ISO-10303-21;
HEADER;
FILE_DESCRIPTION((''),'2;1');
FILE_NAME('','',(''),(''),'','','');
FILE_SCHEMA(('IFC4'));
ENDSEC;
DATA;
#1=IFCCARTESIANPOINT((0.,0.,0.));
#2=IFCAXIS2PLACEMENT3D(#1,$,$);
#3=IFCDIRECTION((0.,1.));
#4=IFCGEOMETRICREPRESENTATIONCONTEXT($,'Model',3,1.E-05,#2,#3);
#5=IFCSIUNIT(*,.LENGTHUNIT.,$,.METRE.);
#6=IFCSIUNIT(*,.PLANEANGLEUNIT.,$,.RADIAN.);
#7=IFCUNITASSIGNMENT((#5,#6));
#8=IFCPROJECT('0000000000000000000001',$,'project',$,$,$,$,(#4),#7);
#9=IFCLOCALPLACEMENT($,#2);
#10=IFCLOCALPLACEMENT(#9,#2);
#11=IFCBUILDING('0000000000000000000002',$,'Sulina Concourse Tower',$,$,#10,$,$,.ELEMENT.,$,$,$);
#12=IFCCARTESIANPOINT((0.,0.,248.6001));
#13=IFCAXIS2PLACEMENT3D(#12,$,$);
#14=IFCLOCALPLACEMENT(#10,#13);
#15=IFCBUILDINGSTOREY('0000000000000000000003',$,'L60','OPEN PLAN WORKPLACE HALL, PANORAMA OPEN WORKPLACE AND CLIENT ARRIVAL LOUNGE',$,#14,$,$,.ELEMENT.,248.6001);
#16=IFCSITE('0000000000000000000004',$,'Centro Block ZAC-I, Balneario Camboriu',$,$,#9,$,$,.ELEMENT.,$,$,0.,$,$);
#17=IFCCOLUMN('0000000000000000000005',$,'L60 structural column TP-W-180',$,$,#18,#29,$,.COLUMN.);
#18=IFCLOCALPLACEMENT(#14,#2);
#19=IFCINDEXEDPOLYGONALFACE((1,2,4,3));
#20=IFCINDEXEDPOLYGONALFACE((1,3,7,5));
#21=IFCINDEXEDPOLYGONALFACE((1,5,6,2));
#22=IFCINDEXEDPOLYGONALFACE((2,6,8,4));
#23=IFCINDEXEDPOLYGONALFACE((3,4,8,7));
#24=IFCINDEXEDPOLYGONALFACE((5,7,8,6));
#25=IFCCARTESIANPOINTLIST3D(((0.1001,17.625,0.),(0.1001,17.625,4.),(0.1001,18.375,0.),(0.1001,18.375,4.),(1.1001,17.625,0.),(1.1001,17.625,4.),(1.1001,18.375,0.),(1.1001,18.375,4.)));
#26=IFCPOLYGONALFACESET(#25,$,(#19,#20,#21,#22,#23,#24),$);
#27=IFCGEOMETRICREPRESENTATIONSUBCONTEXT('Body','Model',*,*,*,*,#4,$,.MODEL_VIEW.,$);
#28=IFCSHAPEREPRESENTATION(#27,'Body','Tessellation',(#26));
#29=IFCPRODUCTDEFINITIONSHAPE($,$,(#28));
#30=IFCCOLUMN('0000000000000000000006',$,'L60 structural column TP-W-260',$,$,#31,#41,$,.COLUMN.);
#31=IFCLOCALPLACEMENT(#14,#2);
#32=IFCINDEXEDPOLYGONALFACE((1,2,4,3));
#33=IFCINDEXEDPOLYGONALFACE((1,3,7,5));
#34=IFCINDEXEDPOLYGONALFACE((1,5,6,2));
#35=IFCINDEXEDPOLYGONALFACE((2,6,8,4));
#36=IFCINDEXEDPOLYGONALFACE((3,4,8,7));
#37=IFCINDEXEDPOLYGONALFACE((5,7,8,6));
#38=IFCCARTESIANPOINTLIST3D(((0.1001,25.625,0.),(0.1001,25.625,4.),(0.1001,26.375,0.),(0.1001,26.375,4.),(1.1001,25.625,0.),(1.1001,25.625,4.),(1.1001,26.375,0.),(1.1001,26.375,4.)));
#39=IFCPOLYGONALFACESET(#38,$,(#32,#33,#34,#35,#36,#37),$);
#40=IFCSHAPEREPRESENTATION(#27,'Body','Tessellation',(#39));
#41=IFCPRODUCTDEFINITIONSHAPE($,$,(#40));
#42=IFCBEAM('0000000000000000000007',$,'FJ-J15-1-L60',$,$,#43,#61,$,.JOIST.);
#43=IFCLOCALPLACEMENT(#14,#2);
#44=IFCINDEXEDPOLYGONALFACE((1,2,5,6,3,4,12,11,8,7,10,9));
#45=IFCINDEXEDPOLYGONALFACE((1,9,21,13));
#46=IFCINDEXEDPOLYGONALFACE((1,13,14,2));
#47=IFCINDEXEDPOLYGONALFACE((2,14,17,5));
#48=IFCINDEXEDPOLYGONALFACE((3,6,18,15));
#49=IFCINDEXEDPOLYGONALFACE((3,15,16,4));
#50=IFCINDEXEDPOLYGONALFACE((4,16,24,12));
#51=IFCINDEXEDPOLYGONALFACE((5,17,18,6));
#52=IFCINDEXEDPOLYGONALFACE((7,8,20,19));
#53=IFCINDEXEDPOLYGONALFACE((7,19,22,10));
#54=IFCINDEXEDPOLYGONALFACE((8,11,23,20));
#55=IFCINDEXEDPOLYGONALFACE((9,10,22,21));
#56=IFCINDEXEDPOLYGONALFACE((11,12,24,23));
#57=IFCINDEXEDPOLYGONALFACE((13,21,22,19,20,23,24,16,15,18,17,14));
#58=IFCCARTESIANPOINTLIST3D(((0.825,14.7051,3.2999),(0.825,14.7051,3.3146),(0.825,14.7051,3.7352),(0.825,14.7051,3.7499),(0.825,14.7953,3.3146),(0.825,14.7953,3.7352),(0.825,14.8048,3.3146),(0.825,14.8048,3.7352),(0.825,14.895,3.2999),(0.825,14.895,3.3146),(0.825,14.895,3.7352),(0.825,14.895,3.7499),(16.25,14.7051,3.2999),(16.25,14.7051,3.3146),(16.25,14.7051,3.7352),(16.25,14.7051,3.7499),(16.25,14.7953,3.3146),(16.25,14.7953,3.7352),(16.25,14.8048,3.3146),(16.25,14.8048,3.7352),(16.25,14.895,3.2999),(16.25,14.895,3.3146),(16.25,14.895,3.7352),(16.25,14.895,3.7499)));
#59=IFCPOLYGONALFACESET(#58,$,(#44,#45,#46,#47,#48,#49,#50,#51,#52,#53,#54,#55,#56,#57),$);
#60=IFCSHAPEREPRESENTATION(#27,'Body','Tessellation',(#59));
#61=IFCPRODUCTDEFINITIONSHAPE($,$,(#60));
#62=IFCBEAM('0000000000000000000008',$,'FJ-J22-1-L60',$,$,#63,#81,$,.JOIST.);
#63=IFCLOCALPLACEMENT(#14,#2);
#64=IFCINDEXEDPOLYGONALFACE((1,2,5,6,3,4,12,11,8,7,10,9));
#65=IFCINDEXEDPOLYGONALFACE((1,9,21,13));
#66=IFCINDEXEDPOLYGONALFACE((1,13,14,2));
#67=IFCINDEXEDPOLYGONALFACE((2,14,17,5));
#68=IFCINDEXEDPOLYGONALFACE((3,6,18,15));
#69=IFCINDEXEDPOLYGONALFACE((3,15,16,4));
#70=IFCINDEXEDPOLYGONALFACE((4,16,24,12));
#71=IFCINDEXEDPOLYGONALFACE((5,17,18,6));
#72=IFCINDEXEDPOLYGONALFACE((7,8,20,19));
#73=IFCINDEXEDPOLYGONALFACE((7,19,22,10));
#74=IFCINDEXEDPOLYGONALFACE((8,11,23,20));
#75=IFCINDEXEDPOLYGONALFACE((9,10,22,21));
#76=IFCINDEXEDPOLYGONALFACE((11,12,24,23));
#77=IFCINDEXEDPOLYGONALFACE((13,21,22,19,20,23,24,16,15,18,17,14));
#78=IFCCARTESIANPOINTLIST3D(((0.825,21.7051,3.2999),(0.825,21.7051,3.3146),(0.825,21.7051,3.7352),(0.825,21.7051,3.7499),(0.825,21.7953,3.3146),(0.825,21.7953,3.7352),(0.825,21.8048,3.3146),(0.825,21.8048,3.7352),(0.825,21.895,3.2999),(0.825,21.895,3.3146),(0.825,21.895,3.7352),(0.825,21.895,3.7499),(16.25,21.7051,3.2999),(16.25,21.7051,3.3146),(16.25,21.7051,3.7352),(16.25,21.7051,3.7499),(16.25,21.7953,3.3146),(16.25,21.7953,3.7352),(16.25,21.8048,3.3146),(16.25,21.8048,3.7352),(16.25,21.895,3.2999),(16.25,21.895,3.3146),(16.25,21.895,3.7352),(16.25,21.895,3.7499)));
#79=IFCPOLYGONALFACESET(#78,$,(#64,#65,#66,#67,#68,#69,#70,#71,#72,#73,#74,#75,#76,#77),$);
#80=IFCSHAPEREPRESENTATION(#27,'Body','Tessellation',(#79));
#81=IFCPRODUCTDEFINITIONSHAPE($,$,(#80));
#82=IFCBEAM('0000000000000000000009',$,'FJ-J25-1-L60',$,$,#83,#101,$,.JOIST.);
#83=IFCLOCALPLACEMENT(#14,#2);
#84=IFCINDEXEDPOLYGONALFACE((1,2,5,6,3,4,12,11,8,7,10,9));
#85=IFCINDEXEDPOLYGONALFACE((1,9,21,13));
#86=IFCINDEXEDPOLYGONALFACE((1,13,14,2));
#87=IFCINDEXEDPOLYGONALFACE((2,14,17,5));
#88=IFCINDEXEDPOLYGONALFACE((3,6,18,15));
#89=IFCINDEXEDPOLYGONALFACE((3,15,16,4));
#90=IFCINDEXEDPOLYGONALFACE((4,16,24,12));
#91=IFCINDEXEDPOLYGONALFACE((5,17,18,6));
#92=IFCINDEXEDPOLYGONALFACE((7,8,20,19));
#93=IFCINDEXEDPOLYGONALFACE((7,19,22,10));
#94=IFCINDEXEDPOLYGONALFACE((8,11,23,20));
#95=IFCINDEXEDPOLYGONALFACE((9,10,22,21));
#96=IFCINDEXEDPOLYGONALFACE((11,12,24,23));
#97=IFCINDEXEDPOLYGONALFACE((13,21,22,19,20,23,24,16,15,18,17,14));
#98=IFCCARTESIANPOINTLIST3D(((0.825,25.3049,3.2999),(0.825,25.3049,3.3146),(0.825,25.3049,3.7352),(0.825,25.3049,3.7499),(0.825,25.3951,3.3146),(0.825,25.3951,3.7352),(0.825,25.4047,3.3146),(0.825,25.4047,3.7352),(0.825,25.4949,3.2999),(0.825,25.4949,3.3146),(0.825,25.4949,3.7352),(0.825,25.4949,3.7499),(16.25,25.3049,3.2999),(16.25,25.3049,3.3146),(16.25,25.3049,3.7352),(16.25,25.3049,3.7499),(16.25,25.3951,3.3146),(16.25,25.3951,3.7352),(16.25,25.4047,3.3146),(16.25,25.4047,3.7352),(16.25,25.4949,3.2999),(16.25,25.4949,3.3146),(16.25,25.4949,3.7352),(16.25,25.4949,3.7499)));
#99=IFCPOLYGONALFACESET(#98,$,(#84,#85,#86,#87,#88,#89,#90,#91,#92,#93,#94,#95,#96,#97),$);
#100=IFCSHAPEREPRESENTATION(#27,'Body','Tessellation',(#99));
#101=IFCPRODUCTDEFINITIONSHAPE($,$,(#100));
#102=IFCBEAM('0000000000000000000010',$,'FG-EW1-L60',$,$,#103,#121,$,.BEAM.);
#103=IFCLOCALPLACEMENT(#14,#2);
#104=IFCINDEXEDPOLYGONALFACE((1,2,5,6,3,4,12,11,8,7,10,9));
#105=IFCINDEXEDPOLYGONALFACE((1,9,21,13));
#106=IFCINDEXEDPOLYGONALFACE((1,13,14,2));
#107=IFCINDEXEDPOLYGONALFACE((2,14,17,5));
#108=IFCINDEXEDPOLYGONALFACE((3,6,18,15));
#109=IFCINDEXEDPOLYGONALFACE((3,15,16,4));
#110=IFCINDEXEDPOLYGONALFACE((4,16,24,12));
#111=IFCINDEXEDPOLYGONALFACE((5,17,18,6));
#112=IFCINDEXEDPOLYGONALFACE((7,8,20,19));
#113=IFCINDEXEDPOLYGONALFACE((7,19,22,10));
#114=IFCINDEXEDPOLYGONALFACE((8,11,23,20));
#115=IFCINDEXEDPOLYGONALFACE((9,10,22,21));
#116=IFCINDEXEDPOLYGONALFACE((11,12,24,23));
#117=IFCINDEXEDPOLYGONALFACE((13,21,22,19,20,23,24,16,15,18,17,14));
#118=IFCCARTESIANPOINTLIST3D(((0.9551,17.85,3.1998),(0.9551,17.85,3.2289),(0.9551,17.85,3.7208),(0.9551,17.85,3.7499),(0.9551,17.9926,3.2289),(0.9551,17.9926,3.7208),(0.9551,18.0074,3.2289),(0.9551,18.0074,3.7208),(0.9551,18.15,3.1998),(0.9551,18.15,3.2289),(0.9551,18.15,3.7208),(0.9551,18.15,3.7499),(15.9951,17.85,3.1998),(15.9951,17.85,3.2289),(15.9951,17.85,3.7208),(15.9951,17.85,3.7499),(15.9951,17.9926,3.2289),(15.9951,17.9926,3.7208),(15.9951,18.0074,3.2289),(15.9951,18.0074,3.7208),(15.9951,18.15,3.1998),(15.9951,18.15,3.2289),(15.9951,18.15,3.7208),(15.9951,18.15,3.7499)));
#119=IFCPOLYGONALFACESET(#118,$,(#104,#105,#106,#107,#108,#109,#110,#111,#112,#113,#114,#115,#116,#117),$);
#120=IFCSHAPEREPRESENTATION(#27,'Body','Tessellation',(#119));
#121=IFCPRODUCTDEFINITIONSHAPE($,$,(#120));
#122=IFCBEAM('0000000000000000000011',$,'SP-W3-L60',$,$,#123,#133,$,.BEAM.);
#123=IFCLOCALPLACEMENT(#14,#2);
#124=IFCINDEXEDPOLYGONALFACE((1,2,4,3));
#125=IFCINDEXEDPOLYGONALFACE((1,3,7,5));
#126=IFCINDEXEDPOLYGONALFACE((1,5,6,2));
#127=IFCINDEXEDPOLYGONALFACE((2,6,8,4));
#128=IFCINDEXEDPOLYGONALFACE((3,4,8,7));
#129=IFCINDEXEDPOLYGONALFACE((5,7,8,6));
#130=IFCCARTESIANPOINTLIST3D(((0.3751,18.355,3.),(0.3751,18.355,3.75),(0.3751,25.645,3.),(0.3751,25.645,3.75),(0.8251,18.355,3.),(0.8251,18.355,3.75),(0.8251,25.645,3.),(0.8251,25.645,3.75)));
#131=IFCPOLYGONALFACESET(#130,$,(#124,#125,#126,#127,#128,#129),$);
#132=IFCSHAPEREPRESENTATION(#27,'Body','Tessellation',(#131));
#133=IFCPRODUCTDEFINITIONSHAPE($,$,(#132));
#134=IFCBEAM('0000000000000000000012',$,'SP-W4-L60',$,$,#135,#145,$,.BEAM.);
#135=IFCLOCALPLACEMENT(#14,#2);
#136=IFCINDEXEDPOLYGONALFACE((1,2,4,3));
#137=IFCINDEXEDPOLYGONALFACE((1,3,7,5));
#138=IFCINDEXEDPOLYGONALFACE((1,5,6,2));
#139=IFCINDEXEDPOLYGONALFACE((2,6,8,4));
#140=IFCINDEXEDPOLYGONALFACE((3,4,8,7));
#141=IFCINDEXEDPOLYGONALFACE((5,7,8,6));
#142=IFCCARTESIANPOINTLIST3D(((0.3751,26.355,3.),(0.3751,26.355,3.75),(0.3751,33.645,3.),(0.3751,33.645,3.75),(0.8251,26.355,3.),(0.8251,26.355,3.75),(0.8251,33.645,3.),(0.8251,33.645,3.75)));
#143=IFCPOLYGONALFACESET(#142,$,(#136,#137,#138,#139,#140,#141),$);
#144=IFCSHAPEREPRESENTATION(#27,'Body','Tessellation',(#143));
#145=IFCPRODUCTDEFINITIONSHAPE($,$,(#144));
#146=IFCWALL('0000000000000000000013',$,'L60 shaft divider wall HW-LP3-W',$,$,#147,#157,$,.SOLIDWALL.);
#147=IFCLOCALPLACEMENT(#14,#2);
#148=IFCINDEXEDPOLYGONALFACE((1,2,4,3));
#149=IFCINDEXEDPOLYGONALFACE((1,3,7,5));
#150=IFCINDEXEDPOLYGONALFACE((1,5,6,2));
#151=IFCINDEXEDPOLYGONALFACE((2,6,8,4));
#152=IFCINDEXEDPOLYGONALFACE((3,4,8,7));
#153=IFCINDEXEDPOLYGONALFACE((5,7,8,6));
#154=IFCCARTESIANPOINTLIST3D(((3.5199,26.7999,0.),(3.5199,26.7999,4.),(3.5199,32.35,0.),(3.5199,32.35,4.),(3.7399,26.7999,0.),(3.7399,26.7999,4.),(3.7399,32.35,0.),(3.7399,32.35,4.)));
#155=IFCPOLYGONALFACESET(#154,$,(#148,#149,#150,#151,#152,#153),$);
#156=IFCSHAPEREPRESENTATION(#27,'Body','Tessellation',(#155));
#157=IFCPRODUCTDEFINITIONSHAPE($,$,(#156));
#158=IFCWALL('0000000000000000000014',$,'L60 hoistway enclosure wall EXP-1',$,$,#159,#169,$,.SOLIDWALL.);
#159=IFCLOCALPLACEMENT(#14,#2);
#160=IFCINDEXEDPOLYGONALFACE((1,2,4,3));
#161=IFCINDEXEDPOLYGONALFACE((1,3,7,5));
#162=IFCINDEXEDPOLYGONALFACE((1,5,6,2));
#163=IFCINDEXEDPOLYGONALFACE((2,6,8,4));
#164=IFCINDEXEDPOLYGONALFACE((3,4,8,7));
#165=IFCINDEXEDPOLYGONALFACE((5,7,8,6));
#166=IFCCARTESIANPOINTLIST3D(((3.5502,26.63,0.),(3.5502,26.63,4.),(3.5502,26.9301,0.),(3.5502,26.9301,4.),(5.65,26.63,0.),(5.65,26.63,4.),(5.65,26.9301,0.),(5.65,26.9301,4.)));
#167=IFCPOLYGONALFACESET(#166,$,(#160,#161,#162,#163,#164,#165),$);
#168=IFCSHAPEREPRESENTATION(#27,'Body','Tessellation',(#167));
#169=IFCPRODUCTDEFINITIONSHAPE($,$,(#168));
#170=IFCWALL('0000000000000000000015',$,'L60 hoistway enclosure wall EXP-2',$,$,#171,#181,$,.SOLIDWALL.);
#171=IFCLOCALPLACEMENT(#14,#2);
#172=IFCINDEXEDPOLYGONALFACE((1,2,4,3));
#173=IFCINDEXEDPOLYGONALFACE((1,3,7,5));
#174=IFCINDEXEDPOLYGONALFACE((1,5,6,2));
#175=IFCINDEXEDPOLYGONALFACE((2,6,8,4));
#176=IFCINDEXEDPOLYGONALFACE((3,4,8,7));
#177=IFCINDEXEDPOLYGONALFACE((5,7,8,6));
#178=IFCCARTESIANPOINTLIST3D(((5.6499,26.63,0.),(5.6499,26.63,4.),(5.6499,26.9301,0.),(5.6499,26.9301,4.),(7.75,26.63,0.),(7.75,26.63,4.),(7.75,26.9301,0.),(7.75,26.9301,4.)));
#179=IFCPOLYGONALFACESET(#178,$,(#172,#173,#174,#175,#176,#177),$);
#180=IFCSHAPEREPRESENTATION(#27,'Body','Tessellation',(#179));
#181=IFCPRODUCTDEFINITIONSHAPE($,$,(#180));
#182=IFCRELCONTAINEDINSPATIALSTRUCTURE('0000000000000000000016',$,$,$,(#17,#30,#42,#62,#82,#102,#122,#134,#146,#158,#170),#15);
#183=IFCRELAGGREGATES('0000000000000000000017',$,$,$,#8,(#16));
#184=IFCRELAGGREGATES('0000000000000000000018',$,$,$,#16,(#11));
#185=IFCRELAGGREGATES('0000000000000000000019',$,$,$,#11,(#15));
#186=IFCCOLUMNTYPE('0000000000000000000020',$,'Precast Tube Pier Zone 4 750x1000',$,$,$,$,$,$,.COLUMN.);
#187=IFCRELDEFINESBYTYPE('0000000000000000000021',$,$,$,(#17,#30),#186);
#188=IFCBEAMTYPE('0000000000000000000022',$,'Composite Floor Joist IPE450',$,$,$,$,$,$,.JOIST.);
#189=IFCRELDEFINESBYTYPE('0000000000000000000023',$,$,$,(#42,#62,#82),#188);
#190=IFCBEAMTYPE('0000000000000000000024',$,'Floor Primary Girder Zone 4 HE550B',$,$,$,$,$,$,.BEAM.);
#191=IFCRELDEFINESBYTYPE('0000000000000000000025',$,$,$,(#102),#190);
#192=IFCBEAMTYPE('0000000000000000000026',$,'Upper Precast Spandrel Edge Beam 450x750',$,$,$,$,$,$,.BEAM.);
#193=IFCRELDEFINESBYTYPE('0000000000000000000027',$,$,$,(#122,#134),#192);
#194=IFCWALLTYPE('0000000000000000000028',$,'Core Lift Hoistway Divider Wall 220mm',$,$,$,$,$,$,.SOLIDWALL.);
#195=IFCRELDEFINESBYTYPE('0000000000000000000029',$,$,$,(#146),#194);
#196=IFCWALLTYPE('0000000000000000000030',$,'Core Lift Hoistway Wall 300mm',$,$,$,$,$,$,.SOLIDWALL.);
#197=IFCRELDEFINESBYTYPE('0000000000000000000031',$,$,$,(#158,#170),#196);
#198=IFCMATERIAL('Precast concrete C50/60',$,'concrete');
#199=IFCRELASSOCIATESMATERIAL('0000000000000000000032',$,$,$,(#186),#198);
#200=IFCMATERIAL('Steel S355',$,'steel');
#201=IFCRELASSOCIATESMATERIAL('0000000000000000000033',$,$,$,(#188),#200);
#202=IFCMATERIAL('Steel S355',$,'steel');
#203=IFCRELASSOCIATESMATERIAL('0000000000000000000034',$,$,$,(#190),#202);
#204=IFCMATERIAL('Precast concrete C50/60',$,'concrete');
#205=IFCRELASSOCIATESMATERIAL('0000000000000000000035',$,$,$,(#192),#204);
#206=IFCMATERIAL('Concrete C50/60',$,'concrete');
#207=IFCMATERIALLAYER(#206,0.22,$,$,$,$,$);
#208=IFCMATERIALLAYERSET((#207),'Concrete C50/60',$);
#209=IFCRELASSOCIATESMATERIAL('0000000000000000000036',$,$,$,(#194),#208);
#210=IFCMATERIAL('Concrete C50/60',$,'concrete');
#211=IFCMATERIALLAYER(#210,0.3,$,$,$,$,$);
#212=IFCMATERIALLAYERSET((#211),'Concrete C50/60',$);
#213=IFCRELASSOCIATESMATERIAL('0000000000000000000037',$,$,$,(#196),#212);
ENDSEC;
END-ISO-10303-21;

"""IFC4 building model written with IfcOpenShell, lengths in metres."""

from ifc_helpers import new_model, si_unit, direction, frame, frame_2d, origin, origin_2d, place, context, subcontext, project, spatial, rectangle, i_section, extrude, material, layer, layer_set, material_profile, profile_set, type_object, element, save


model = new_model("IFC4")

# Units and contexts
model_context = context("Model", 3, precision=1e-05, world=origin(), true_north=direction((0.0, 1.0)))
body_context = subcontext(model_context, "Body", "Model", "MODEL_VIEW")
ifc_project = project(units=[si_unit("LENGTHUNIT", "METRE"), si_unit("PLANEANGLEUNIT", "RADIAN")], contexts=[model_context])

# Site, building, storey
site_placement = place(None, origin())
site = spatial("IfcSite", under=ifc_project, at=site_placement, Name="Centro Block ZAC-I, Balneario Camboriu", CompositionType="ELEMENT", RefElevation=0.0)
building_placement = place(site_placement, origin())
building = spatial("IfcBuilding", under=site, at=building_placement, Name="Sulina Concourse Tower", CompositionType="ELEMENT")
storey_placement = place(building_placement, frame((0.0, 0.0, 248.6001)))
storey = spatial("IfcBuildingStorey", under=building, at=storey_placement, Name="L60", Description="OPEN PLAN WORKPLACE HALL, PANORAMA OPEN WORKPLACE AND CLIENT ARRIVAL LOUNGE", CompositionType="ELEMENT", Elevation=248.6001)

# Columns
ifc_material_1 = material(Name="Precast concrete C50/60", Category="concrete")
ifc_material_profile_1 = material_profile(ifc_material_1, rectangle(XDim=0.75, YDim=1.0, at=origin_2d()), Name="PC 750x1000")
ifc_profile_set_1 = profile_set([ifc_material_profile_1], Name="Precast concrete C50/60")
column_type = type_object("IfcColumnType", Name="Precast Tube Pier Zone 4 750x1000", PredefinedType="COLUMN", material=ifc_profile_set_1)
for number, where, z_axis, x_axis, name in (
    (1, (0.6001, 18.0, 0.0), (0.0, 0.0, 1.0), (0.0, 1.0, 0.0), "L60 structural column TP-W-180"),
    (2, (0.6001, 26.0, 0.0), (0.0, 0.0, 1.0), (0.0, 1.0, 0.0), "L60 structural column TP-W-260"),
):
    element("IfcColumn", number, at=place(storey_placement, frame(where, z_axis=z_axis, x_axis=x_axis)), inside=storey, type_object=column_type, Name=name, PredefinedType="COLUMN", context=body_context, shape_type="SweptSolid", body=[
        extrude(rectangle(XDim=0.75, YDim=1.0, at=origin_2d()), origin(), (0.0, 0.0, 1.0), 4.0),
    ])

# Beams
ifc_material_2 = material(Name="Steel S355", Category="steel")
ifc_material_profile_2 = material_profile(ifc_material_2, i_section(OverallWidth=0.1899, OverallDepth=0.45, WebThickness=0.0095, FlangeThickness=0.0146, at=origin_2d()), Name="IPE 450")
ifc_profile_set_2 = profile_set([ifc_material_profile_2], Name="Steel S355")
beam_type_1 = type_object("IfcBeamType", Name="Composite Floor Joist IPE450", PredefinedType="JOIST", material=ifc_profile_set_2)
for number, where, z_axis, x_axis, name in (
    (3, (0.825, 14.8, 3.5249), (1.0, 0.0, 0.0), (0.0, 1.0, 0.0), "FJ-J15-1-L60"),
    (4, (0.825, 21.8, 3.5249), (1.0, 0.0, 0.0), (0.0, 1.0, 0.0), "FJ-J22-1-L60"),
    (5, (0.825, 25.3999, 3.5249), (1.0, 0.0, 0.0), (0.0, 1.0, 0.0), "FJ-J25-1-L60"),
):
    element("IfcBeam", number, at=place(storey_placement, frame(where, z_axis=z_axis, x_axis=x_axis)), inside=storey, type_object=beam_type_1, Name=name, PredefinedType="JOIST", context=body_context, shape_type="SweptSolid", body=[
        extrude(i_section(OverallWidth=0.1899, OverallDepth=0.45, WebThickness=0.0095, FlangeThickness=0.0146, at=origin_2d()), origin(), (0.0, 0.0, 1.0), 15.425),
    ])
ifc_material_3 = material(Name="Steel S355", Category="steel")
ifc_material_profile_3 = material_profile(ifc_material_3, i_section(OverallWidth=0.3, OverallDepth=0.55, WebThickness=0.0149, FlangeThickness=0.0291, at=origin_2d()), Name="HE 550 B")
ifc_profile_set_3 = profile_set([ifc_material_profile_3], Name="Steel S355")
beam_type_2 = type_object("IfcBeamType", Name="Floor Primary Girder Zone 4 HE550B", PredefinedType="BEAM", material=ifc_profile_set_3)
beam_placement = place(storey_placement, frame((0.9551, 18.0, 3.4749), z_axis=(1.0, 0.0, 0.0), x_axis=(0.0, 1.0, 0.0)))
element("IfcBeam", 6, at=beam_placement, inside=storey, type_object=beam_type_2, Name="FG-EW1-L60", PredefinedType="BEAM", context=body_context, shape_type="SweptSolid", body=[
    extrude(i_section(OverallWidth=0.3, OverallDepth=0.55, WebThickness=0.0149, FlangeThickness=0.0291, at=origin_2d()), origin(), (0.0, 0.0, 1.0), 15.04),
])
ifc_material_4 = material(Name="Precast concrete C50/60", Category="concrete")
ifc_material_profile_4 = material_profile(ifc_material_4, rectangle(XDim=0.45, YDim=0.75, at=origin_2d()), Name="RC 450x750")
ifc_profile_set_4 = profile_set([ifc_material_profile_4], Name="Precast concrete C50/60")
beam_type_3 = type_object("IfcBeamType", Name="Upper Precast Spandrel Edge Beam 450x750", PredefinedType="BEAM", material=ifc_profile_set_4)
for number, where, z_axis, x_axis, name in (
    (7, (0.6001, 18.355, 3.375), (0.0, 1.0, 0.0), (-1.0, 0.0, 0.0), "SP-W3-L60"),
    (8, (0.6001, 26.355, 3.375), (0.0, 1.0, 0.0), (-1.0, 0.0, 0.0), "SP-W4-L60"),
):
    element("IfcBeam", number, at=place(storey_placement, frame(where, z_axis=z_axis, x_axis=x_axis)), inside=storey, type_object=beam_type_3, Name=name, PredefinedType="BEAM", context=body_context, shape_type="SweptSolid", body=[
        extrude(rectangle(XDim=0.45, YDim=0.75, at=origin_2d()), origin(), (0.0, 0.0, 1.0), 7.29),
    ])

# Walls
ifc_material_5 = material(Name="Concrete C50/60", Category="concrete")
ifc_layer_1 = layer(ifc_material_5, 0.22)
ifc_layer_set_1 = layer_set([ifc_layer_1], Name="Concrete C50/60")
wall_type_1 = type_object("IfcWallType", Name="Core Lift Hoistway Divider Wall 220mm", PredefinedType="SOLIDWALL", material=ifc_layer_set_1)
wall_1_placement = place(storey_placement, frame((3.6299, 26.8, 0.0), z_axis=(0.0, 0.0, 1.0), x_axis=(0.0, 1.0, 0.0)))
element("IfcWall", 9, at=wall_1_placement, inside=storey, type_object=wall_type_1, Name="L60 shaft divider wall HW-LP3-W", PredefinedType="SOLIDWALL", context=body_context, shape_type="SweptSolid", body=[
    extrude(rectangle(XDim=5.55, YDim=0.22, at=frame_2d((2.7749, 0.0))), origin(), (0.0, 0.0, 1.0), 4.0),
])
ifc_material_6 = material(Name="Concrete C50/60", Category="concrete")
ifc_layer_2 = layer(ifc_material_6, 0.3)
ifc_layer_set_2 = layer_set([ifc_layer_2], Name="Concrete C50/60")
wall_type_2 = type_object("IfcWallType", Name="Core Lift Hoistway Wall 300mm", PredefinedType="SOLIDWALL", material=ifc_layer_set_2)
wall_2_placement = place(storey_placement, frame((5.6499, 26.78, 0.0), z_axis=(0.0, 0.0, 1.0), x_axis=(-1.0, 0.0, 0.0)))
element("IfcWall", 10, at=wall_2_placement, inside=storey, type_object=wall_type_2, Name="L60 hoistway enclosure wall EXP-1", PredefinedType="SOLIDWALL", context=body_context, shape_type="SweptSolid", body=[
    extrude(rectangle(XDim=2.0999, YDim=0.3, at=frame_2d((1.0498, 0.0))), origin(), (0.0, 0.0, 1.0), 4.0),
])
wall_3_placement = place(storey_placement, frame((7.75, 26.78, 0.0), z_axis=(0.0, 0.0, 1.0), x_axis=(-1.0, 0.0, 0.0)))
element("IfcWall", 11, at=wall_3_placement, inside=storey, type_object=wall_type_2, Name="L60 hoistway enclosure wall EXP-2", PredefinedType="SOLIDWALL", context=body_context, shape_type="SweptSolid", body=[
    extrude(rectangle(XDim=2.1001, YDim=0.3, at=frame_2d((1.05, 0.0))), origin(), (0.0, 0.0, 1.0), 4.0),
])

save(model, "model.ifc")
